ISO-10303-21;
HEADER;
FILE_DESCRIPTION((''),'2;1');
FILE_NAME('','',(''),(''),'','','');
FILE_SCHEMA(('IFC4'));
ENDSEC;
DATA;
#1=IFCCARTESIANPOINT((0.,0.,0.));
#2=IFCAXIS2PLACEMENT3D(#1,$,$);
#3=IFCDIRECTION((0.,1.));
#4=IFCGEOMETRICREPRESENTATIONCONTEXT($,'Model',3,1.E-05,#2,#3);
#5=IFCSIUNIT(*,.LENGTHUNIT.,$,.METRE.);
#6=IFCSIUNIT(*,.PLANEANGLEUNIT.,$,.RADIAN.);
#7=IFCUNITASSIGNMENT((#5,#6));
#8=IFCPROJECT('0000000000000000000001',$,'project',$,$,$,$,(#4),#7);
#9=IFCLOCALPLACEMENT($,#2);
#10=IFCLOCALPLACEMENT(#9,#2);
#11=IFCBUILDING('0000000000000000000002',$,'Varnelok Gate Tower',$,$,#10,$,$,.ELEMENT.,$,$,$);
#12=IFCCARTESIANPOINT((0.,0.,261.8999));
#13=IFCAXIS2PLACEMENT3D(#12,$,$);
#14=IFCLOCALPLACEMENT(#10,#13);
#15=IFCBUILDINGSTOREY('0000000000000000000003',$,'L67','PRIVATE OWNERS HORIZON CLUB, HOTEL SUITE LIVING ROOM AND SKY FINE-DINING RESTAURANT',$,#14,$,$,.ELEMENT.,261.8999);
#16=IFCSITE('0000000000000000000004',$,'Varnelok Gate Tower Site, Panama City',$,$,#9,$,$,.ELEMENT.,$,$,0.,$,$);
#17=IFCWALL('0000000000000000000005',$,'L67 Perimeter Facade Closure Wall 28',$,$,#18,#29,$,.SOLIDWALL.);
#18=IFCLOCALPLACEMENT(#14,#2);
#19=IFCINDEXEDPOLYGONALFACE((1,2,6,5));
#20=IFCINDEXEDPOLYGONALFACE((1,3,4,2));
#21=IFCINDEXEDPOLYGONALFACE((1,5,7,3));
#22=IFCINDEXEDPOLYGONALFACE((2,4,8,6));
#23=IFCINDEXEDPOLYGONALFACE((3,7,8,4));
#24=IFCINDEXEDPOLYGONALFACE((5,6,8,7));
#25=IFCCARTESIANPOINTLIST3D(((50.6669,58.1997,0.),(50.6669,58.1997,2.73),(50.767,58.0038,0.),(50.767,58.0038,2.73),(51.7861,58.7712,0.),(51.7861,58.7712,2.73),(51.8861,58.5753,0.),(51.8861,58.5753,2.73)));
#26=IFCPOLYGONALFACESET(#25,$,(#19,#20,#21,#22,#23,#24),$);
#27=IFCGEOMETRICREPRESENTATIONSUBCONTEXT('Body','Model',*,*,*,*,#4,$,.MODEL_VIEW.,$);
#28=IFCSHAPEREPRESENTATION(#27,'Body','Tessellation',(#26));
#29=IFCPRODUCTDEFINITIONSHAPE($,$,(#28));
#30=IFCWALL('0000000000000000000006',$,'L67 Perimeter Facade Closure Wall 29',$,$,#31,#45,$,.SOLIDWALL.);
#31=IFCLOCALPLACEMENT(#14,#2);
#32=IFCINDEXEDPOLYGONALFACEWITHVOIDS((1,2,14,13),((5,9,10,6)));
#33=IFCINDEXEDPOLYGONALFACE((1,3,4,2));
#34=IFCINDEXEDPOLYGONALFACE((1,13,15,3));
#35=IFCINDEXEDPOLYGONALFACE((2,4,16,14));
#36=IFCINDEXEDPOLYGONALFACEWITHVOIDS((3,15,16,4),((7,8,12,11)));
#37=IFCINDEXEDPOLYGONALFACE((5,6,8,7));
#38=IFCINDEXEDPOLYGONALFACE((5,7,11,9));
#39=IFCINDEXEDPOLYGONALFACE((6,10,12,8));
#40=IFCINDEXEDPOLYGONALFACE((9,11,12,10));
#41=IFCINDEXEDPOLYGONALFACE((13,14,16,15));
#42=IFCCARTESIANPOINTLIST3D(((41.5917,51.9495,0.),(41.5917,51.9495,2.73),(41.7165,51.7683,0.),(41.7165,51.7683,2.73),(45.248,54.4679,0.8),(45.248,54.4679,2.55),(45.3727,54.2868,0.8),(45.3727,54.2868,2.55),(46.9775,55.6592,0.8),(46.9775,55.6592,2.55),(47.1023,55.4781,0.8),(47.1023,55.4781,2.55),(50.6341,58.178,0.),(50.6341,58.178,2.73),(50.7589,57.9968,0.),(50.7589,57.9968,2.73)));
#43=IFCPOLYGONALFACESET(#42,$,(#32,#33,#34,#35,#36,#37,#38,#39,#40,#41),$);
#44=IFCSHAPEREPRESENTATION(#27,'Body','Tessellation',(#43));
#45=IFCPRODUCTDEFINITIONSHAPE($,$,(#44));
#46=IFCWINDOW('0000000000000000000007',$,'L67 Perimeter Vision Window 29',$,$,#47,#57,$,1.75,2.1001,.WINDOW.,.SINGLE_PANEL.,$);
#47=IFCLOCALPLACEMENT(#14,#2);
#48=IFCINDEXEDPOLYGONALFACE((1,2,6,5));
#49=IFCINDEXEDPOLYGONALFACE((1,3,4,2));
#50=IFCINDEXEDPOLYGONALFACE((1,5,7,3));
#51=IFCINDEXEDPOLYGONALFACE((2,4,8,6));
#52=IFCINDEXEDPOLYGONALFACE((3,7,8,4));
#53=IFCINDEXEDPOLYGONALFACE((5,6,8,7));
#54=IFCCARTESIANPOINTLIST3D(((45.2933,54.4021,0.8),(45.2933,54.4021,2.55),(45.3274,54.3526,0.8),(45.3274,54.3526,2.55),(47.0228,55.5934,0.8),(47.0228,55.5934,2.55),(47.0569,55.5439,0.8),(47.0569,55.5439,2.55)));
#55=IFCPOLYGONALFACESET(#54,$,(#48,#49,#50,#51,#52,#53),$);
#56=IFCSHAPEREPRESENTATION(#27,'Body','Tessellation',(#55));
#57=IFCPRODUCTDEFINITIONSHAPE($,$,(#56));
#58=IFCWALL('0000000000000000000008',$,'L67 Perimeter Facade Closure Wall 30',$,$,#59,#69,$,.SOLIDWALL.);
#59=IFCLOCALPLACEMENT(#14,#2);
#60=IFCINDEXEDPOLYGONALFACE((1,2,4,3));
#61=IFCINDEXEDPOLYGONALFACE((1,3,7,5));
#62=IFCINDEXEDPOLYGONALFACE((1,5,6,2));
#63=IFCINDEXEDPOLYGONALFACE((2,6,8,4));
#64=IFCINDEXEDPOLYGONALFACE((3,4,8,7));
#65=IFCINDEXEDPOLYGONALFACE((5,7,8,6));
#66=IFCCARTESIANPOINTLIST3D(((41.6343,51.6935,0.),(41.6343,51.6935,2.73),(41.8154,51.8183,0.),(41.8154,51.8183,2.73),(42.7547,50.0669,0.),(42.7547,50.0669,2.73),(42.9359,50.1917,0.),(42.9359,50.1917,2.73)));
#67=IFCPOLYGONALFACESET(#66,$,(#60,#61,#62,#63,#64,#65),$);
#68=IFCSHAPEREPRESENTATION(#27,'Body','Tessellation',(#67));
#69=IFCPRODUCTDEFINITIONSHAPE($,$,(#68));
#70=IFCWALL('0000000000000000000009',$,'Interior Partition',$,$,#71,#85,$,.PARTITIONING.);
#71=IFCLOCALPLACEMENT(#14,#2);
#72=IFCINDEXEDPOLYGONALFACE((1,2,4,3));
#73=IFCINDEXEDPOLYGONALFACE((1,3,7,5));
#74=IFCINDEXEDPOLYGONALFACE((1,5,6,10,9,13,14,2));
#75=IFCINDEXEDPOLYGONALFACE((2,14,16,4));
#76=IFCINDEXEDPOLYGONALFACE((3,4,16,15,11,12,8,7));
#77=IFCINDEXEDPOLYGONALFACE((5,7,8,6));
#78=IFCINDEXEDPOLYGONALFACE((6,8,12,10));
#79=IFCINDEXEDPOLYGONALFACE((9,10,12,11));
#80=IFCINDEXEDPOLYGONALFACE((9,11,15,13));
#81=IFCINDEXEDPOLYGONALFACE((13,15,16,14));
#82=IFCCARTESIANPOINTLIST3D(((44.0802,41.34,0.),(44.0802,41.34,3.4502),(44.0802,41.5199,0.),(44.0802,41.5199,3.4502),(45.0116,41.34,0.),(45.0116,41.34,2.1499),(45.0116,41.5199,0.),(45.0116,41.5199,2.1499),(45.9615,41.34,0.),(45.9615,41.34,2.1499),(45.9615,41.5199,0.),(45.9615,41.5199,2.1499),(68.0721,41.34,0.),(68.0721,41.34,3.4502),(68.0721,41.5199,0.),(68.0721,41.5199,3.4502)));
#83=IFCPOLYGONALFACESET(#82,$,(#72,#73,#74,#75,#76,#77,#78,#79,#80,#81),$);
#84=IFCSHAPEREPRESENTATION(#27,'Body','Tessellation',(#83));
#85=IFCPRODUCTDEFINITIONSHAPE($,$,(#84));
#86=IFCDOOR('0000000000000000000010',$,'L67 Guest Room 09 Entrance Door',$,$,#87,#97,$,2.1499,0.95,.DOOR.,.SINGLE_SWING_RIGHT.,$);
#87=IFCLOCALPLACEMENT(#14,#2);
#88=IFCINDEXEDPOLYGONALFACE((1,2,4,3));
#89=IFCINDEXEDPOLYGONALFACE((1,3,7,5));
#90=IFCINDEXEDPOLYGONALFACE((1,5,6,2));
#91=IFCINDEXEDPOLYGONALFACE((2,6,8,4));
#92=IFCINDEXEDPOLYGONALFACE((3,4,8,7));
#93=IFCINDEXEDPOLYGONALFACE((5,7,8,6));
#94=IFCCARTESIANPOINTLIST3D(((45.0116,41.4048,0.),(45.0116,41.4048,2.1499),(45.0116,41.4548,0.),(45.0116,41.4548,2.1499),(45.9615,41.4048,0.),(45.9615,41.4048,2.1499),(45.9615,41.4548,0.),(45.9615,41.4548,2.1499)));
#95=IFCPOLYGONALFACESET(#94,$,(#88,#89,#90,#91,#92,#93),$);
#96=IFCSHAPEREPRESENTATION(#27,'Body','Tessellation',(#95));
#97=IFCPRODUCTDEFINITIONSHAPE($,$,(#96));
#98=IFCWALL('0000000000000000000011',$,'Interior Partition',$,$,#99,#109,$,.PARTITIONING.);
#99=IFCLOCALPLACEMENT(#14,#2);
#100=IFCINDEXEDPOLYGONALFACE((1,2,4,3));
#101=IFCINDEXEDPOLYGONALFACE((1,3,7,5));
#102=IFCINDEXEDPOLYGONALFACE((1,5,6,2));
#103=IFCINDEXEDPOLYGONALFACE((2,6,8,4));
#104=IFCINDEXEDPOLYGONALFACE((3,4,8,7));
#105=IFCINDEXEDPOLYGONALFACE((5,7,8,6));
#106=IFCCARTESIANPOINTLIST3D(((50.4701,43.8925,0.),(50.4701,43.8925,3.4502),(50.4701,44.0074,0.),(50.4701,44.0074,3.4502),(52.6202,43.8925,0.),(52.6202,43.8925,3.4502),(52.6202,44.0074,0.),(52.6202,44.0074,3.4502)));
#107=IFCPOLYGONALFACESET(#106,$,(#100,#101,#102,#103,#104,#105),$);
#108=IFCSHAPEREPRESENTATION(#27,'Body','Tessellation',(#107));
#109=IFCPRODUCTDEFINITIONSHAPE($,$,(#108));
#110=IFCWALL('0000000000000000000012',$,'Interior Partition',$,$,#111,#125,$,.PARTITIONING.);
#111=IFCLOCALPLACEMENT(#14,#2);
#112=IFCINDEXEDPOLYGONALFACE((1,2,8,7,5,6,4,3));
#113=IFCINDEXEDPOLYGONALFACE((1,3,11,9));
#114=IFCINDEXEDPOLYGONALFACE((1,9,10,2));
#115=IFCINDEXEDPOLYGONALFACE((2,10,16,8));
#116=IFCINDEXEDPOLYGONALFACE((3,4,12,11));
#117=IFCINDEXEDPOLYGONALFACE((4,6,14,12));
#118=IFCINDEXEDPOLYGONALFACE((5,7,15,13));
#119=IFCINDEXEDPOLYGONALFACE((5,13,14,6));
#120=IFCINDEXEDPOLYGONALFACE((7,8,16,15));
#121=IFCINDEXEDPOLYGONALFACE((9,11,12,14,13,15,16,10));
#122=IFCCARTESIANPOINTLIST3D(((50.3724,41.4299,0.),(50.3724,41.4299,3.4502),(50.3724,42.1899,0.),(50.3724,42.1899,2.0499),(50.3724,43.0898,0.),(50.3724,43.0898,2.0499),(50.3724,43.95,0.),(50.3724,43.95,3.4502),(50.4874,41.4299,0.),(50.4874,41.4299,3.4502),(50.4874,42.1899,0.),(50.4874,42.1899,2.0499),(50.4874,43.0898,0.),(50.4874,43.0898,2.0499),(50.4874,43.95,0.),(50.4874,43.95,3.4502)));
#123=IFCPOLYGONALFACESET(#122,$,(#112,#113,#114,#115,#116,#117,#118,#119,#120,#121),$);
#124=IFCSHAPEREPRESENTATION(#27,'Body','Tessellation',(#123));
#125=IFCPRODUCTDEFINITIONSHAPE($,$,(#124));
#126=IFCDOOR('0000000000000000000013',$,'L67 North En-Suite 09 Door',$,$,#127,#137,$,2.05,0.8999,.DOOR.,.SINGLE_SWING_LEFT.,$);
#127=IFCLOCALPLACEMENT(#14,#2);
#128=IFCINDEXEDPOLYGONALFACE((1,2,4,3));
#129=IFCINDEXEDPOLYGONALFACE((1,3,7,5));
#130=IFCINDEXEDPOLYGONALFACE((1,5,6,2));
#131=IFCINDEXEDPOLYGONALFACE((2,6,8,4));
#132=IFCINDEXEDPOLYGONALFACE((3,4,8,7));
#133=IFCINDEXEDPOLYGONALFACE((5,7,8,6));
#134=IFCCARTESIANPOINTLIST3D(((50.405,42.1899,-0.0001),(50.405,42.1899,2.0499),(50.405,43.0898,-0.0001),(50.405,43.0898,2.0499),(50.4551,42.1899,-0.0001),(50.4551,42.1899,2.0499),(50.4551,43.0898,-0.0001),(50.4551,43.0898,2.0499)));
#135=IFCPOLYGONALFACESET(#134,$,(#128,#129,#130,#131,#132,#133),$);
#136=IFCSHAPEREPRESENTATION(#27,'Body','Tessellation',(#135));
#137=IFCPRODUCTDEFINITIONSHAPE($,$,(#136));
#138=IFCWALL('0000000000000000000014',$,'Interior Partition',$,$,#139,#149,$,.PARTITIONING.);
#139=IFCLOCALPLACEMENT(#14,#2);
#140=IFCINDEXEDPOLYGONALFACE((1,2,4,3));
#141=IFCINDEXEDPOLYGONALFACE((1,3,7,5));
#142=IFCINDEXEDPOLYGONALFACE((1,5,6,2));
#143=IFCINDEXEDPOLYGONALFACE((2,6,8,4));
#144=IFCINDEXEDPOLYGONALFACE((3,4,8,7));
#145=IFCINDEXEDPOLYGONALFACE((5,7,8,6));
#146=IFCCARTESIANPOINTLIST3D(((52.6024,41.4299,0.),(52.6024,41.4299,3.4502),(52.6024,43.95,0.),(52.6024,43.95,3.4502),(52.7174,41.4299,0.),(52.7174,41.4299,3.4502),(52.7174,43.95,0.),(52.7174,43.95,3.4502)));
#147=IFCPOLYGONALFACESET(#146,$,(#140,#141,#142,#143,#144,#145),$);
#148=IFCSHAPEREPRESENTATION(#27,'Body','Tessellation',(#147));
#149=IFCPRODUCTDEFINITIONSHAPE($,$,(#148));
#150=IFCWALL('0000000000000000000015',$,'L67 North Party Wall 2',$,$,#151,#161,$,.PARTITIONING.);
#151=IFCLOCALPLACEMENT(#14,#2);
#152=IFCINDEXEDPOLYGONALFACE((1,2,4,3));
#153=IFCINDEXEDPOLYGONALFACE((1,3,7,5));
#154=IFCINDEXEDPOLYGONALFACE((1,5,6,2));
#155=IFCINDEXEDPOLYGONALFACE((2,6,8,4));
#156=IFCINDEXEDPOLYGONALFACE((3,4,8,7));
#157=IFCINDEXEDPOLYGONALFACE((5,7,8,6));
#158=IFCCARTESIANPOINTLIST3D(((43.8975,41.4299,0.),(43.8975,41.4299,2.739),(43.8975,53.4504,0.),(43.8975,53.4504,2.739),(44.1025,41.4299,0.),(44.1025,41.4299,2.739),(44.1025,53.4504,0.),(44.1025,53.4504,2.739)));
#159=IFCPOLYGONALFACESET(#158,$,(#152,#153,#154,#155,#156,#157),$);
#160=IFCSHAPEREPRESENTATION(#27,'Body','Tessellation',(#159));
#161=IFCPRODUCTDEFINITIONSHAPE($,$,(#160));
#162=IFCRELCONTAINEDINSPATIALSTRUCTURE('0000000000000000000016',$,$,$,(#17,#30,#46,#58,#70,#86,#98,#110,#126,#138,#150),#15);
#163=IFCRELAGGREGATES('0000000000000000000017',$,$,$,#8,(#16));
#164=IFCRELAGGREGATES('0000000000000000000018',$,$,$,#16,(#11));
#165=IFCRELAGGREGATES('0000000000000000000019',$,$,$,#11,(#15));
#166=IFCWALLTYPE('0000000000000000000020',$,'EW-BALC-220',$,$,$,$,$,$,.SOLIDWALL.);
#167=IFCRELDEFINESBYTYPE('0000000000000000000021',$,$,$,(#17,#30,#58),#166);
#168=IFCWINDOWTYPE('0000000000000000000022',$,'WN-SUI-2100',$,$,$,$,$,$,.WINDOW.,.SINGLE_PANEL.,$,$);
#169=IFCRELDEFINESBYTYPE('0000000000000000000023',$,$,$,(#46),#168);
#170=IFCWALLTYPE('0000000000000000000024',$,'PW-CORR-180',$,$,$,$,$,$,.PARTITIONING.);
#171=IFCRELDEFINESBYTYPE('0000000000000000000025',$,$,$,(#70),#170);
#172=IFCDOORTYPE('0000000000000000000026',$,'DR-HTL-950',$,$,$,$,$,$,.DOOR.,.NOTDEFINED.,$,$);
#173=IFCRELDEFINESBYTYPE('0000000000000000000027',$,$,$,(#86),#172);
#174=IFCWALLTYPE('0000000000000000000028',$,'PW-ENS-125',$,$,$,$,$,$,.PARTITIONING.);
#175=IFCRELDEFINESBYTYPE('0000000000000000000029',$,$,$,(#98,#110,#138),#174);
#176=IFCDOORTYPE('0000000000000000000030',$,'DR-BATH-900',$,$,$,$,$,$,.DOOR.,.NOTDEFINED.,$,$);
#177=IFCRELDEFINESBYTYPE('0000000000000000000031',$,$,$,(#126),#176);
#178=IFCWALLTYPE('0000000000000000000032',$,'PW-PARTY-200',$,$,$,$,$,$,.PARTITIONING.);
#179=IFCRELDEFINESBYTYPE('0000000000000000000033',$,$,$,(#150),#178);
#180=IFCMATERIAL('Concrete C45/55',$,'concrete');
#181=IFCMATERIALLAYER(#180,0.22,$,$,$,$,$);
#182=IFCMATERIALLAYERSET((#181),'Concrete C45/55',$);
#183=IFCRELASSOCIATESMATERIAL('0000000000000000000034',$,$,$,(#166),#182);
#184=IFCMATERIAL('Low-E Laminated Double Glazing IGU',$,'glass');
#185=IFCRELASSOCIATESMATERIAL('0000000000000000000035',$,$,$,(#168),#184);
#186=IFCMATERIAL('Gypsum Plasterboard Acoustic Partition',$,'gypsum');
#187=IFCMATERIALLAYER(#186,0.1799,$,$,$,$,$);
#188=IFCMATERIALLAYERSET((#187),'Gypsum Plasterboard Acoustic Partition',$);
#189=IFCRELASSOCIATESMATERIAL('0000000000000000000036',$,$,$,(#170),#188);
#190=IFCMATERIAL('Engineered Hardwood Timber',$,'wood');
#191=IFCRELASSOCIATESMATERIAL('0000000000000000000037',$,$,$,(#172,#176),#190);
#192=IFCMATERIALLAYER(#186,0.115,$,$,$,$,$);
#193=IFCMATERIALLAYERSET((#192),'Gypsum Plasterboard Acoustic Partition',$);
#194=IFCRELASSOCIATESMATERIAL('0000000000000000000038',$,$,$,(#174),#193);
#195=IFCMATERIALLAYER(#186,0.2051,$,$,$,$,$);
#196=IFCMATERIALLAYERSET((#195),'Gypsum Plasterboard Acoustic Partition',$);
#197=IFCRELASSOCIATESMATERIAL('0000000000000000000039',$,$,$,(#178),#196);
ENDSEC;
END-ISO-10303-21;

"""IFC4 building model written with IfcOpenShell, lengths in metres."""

from ifc_helpers import new_model, si_unit, direction, frame, frame_2d, origin, place, context, subcontext, project, spatial, rectangle, extrude, material, layer, layer_set, type_object, element, fill, save


model = new_model("IFC4")

# Units and contexts
model_context = context("Model", 3, precision=1e-05, world=origin(), true_north=direction((0.0, 1.0)))
body_context = subcontext(model_context, "Body", "Model", "MODEL_VIEW")
ifc_project = project(units=[si_unit("LENGTHUNIT", "METRE"), si_unit("PLANEANGLEUNIT", "RADIAN")], contexts=[model_context])

# Site, building, storey
site_placement = place(None, origin())
site = spatial("IfcSite", under=ifc_project, at=site_placement, Name="Varnelok Gate Tower Site, Panama City", CompositionType="ELEMENT", RefElevation=0.0)
building_placement = place(site_placement, origin())
building = spatial("IfcBuilding", under=site, at=building_placement, Name="Varnelok Gate Tower", CompositionType="ELEMENT")
storey_placement = place(building_placement, frame((0.0, 0.0, 261.8999)))
storey = spatial("IfcBuildingStorey", under=building, at=storey_placement, Name="L67", Description="PRIVATE OWNERS HORIZON CLUB, HOTEL SUITE LIVING ROOM AND SKY FINE-DINING RESTAURANT", CompositionType="ELEMENT", Elevation=261.8999)

# Shared definitions
ifc_material_1 = material(Name="Concrete C45/55", Category="concrete")
ifc_layer_1 = layer(ifc_material_1, 0.22)
ifc_layer_set_1 = layer_set([ifc_layer_1], Name="Concrete C45/55")
wall_type_1 = type_object("IfcWallType", Name="EW-BALC-220", PredefinedType="SOLIDWALL", material=ifc_layer_set_1)

# Wall
wall_1_placement = place(storey_placement, frame((51.8362, 58.6733, 0.0), z_axis=(0.0, 0.0, 1.0), x_axis=(-0.890587, -0.454813, 0.0)))
element("IfcWall", 1, at=wall_1_placement, inside=storey, type_object=wall_type_1, Name="L67 Perimeter Facade Closure Wall 28", PredefinedType="SOLIDWALL", context=body_context, shape_type="SweptSolid", body=[
    extrude(rectangle(XDim=1.2566, YDim=0.22, at=frame_2d((0.6284, 0.0))), origin(), (0.0, 0.0, 1.0), 2.73),
])

# Wall, opening, window
wall_2_placement = place(storey_placement, frame((50.6965, 58.0874, 0.0), z_axis=(0.0, 0.0, 1.0), x_axis=(-0.823539, -0.567259, 0.0)))
wall_2 = element("IfcWall", 2, at=wall_2_placement, inside=storey, type_object=wall_type_1, Name="L67 Perimeter Facade Closure Wall 29", PredefinedType="SOLIDWALL", context=body_context, shape_type="SweptSolid", body=[
    extrude(rectangle(XDim=10.98, YDim=0.22, at=frame_2d((5.49, 0.0))), origin(), (0.0, 0.0, 1.0), 2.73),
])
opening_1_placement = place(wall_2_placement, frame((4.4402, 0.0, 0.8)))
opening_1 = element("IfcOpeningElement", 3, at=opening_1_placement, cuts=wall_2, PredefinedType="OPENING", context=body_context, shape_type="SweptSolid", body=[
    extrude(rectangle(XDim=2.1001, YDim=1.75, at=frame_2d((1.05, 0.875))), frame((0.0, 0.1199, 0.0), z_axis=(0.0, -1.0, 0.0), x_axis=(1.0, 0.0, 0.0)), (0.0, 0.0, 1.0), 0.24),
])
ifc_material_2 = material(Name="Low-E Laminated Double Glazing IGU", Category="glass")
window_type = type_object("IfcWindowType", Name="WN-SUI-2100", PartitioningType="SINGLE_PANEL", PredefinedType="WINDOW", material=ifc_material_2)
window_placement = place(opening_1_placement, origin())
window = element("IfcWindow", 4, at=window_placement, inside=storey, type_object=window_type, Name="L67 Perimeter Vision Window 29", OverallHeight=1.75, OverallWidth=2.1001, PartitioningType="SINGLE_PANEL", PredefinedType="WINDOW", context=body_context, shape_type="SweptSolid", body=[
    extrude(rectangle(XDim=2.1001, YDim=1.75, at=frame_2d((1.05, 0.875))), frame((0.0, 0.03, 0.0), z_axis=(0.0, -1.0, 0.0), x_axis=(1.0, 0.0, 0.0)), (0.0, 0.0, 1.0), 0.0601),
])
fill(opening_1, window)

# Wall
wall_3_placement = place(storey_placement, frame((41.7249, 51.7559, 0.0), z_axis=(0.0, 0.0, 1.0), x_axis=(0.567274, -0.823529, 0.0)))
element("IfcWall", 5, at=wall_3_placement, inside=storey, type_object=wall_type_1, Name="L67 Perimeter Facade Closure Wall 30", PredefinedType="SOLIDWALL", context=body_context, shape_type="SweptSolid", body=[
    extrude(rectangle(XDim=1.9751, YDim=0.22, at=frame_2d((0.9875, 0.0))), origin(), (0.0, 0.0, 1.0), 2.73),
])

# Wall, opening, door
ifc_material_3 = material(Name="Gypsum Plasterboard Acoustic Partition", Category="gypsum")
ifc_layer_2 = layer(ifc_material_3, 0.1799)
ifc_layer_set_2 = layer_set([ifc_layer_2], Name="Gypsum Plasterboard Acoustic Partition")
wall_type_2 = type_object("IfcWallType", Name="PW-CORR-180", PredefinedType="PARTITIONING", material=ifc_layer_set_2)
wall_4_placement = place(storey_placement, frame((44.0801, 41.4299, 0.0), z_axis=(0.0, 0.0, 1.0), x_axis=(1.0, 0.0, 0.0)))
wall_4 = element("IfcWall", 6, at=wall_4_placement, inside=storey, type_object=wall_type_2, Name="Interior Partition", PredefinedType="PARTITIONING", context=body_context, shape_type="SweptSolid", body=[
    extrude(rectangle(XDim=23.9919, YDim=0.1799, at=frame_2d((11.9961, 0.0))), origin(), (0.0, 0.0, 1.0), 3.4502),
])
opening_2_placement = place(wall_4_placement, frame((0.9314, 0.0, 0.0)))
opening_2 = element("IfcOpeningElement", 7, at=opening_2_placement, cuts=wall_4, PredefinedType="OPENING", context=body_context, shape_type="SweptSolid", body=[
    extrude(rectangle(XDim=0.95, YDim=2.1499, at=frame_2d((0.4751, 1.075))), frame((0.0, 0.0999, 0.0), z_axis=(0.0, -1.0, 0.0), x_axis=(1.0, 0.0, 0.0)), (0.0, 0.0, 1.0), 0.2),
])
ifc_material_4 = material(Name="Engineered Hardwood Timber", Category="wood")
door_type_1 = type_object("IfcDoorType", Name="DR-HTL-950", OperationType="NOTDEFINED", PredefinedType="DOOR", material=ifc_material_4)
door_1_placement = place(opening_2_placement, origin())
door_1 = element("IfcDoor", 8, at=door_1_placement, inside=storey, type_object=door_type_1, Name="L67 Guest Room 09 Entrance Door", OperationType="SINGLE_SWING_RIGHT", OverallHeight=2.1499, OverallWidth=0.95, PredefinedType="DOOR", context=body_context, shape_type="SweptSolid", body=[
    extrude(rectangle(XDim=0.95, YDim=2.1499, at=frame_2d((0.4751, 1.075))), frame((0.0, 0.0249, 0.0), z_axis=(0.0, -1.0, 0.0), x_axis=(1.0, 0.0, 0.0)), (0.0, 0.0, 1.0), 0.05),
])
fill(opening_2, door_1)

# Wall
ifc_layer_3 = layer(ifc_material_3, 0.115)
ifc_layer_set_3 = layer_set([ifc_layer_3], Name="Gypsum Plasterboard Acoustic Partition")
wall_type_3 = type_object("IfcWallType", Name="PW-ENS-125", PredefinedType="PARTITIONING", material=ifc_layer_set_3)
wall_5_placement = place(storey_placement, frame((50.47, 43.95, 0.0), z_axis=(0.0, 0.0, 1.0), x_axis=(1.0, 0.0, 0.0)))
element("IfcWall", 9, at=wall_5_placement, inside=storey, type_object=wall_type_3, Name="Interior Partition", PredefinedType="PARTITIONING", context=body_context, shape_type="SweptSolid", body=[
    extrude(rectangle(XDim=2.1501, YDim=0.115, at=frame_2d((1.0752, 0.0))), origin(), (0.0, 0.0, 1.0), 3.4502),
])

# Wall, opening, door
wall_6_placement = place(storey_placement, frame((50.4299, 41.4299, 0.0), z_axis=(0.0, 0.0, 1.0), x_axis=(0.0, 1.0, 0.0)))
wall_6 = element("IfcWall", 10, at=wall_6_placement, inside=storey, type_object=wall_type_3, Name="Interior Partition", PredefinedType="PARTITIONING", context=body_context, shape_type="SweptSolid", body=[
    extrude(rectangle(XDim=2.52, YDim=0.115, at=frame_2d((1.26, 0.0))), origin(), (0.0, 0.0, 1.0), 3.4502),
])
opening_3_placement = place(wall_6_placement, frame((0.76, 0.0, 0.0)))
opening_3 = element("IfcOpeningElement", 11, at=opening_3_placement, cuts=wall_6, PredefinedType="OPENING", context=body_context, shape_type="SweptSolid", body=[
    extrude(rectangle(XDim=0.8999, YDim=2.05, at=frame_2d((0.45, 1.0249))), frame((0.0, 0.0674, 0.0), z_axis=(0.0, -1.0, 0.0), x_axis=(1.0, 0.0, 0.0)), (0.0, 0.0, 1.0), 0.135),
])
door_type_2 = type_object("IfcDoorType", Name="DR-BATH-900", OperationType="NOTDEFINED", PredefinedType="DOOR", material=ifc_material_4)
door_2_placement = place(opening_3_placement, origin())
door_2 = element("IfcDoor", 12, at=door_2_placement, inside=storey, type_object=door_type_2, Name="L67 North En-Suite 09 Door", OperationType="SINGLE_SWING_LEFT", OverallHeight=2.05, OverallWidth=0.8999, PredefinedType="DOOR", context=body_context, shape_type="SweptSolid", body=[
    extrude(rectangle(XDim=0.8999, YDim=2.05, at=frame_2d((0.45, 1.0249))), frame((0.0, 0.0249, 0.0), z_axis=(0.0, -1.0, 0.0), x_axis=(1.0, 0.0, 0.0)), (0.0, 0.0, 1.0), 0.05),
])
fill(opening_3, door_2)

# Walls
wall_7_placement = place(storey_placement, frame((52.6599, 41.4299, 0.0), z_axis=(0.0, 0.0, 1.0), x_axis=(0.0, 1.0, 0.0)))
element("IfcWall", 13, at=wall_7_placement, inside=storey, type_object=wall_type_3, Name="Interior Partition", PredefinedType="PARTITIONING", context=body_context, shape_type="SweptSolid", body=[
    extrude(rectangle(XDim=2.52, YDim=0.115, at=frame_2d((1.26, 0.0))), origin(), (0.0, 0.0, 1.0), 3.4502),
])
ifc_layer_4 = layer(ifc_material_3, 0.2051)
ifc_layer_set_4 = layer_set([ifc_layer_4], Name="Gypsum Plasterboard Acoustic Partition")
wall_type_4 = type_object("IfcWallType", Name="PW-PARTY-200", PredefinedType="PARTITIONING", material=ifc_layer_set_4)
wall_8_placement = place(storey_placement, frame((44.0, 41.4299, 0.0), z_axis=(0.0, 0.0, 1.0), x_axis=(0.0, 1.0, 0.0)))
element("IfcWall", 14, at=wall_8_placement, inside=storey, type_object=wall_type_4, Name="L67 North Party Wall 2", PredefinedType="PARTITIONING", context=body_context, shape_type="SweptSolid", body=[
    extrude(rectangle(XDim=12.0205, YDim=0.2051, at=frame_2d((6.0103, 0.0))), origin(), (0.0, 0.0, 1.0), 2.739),
])

save(model, "model.ifc")
